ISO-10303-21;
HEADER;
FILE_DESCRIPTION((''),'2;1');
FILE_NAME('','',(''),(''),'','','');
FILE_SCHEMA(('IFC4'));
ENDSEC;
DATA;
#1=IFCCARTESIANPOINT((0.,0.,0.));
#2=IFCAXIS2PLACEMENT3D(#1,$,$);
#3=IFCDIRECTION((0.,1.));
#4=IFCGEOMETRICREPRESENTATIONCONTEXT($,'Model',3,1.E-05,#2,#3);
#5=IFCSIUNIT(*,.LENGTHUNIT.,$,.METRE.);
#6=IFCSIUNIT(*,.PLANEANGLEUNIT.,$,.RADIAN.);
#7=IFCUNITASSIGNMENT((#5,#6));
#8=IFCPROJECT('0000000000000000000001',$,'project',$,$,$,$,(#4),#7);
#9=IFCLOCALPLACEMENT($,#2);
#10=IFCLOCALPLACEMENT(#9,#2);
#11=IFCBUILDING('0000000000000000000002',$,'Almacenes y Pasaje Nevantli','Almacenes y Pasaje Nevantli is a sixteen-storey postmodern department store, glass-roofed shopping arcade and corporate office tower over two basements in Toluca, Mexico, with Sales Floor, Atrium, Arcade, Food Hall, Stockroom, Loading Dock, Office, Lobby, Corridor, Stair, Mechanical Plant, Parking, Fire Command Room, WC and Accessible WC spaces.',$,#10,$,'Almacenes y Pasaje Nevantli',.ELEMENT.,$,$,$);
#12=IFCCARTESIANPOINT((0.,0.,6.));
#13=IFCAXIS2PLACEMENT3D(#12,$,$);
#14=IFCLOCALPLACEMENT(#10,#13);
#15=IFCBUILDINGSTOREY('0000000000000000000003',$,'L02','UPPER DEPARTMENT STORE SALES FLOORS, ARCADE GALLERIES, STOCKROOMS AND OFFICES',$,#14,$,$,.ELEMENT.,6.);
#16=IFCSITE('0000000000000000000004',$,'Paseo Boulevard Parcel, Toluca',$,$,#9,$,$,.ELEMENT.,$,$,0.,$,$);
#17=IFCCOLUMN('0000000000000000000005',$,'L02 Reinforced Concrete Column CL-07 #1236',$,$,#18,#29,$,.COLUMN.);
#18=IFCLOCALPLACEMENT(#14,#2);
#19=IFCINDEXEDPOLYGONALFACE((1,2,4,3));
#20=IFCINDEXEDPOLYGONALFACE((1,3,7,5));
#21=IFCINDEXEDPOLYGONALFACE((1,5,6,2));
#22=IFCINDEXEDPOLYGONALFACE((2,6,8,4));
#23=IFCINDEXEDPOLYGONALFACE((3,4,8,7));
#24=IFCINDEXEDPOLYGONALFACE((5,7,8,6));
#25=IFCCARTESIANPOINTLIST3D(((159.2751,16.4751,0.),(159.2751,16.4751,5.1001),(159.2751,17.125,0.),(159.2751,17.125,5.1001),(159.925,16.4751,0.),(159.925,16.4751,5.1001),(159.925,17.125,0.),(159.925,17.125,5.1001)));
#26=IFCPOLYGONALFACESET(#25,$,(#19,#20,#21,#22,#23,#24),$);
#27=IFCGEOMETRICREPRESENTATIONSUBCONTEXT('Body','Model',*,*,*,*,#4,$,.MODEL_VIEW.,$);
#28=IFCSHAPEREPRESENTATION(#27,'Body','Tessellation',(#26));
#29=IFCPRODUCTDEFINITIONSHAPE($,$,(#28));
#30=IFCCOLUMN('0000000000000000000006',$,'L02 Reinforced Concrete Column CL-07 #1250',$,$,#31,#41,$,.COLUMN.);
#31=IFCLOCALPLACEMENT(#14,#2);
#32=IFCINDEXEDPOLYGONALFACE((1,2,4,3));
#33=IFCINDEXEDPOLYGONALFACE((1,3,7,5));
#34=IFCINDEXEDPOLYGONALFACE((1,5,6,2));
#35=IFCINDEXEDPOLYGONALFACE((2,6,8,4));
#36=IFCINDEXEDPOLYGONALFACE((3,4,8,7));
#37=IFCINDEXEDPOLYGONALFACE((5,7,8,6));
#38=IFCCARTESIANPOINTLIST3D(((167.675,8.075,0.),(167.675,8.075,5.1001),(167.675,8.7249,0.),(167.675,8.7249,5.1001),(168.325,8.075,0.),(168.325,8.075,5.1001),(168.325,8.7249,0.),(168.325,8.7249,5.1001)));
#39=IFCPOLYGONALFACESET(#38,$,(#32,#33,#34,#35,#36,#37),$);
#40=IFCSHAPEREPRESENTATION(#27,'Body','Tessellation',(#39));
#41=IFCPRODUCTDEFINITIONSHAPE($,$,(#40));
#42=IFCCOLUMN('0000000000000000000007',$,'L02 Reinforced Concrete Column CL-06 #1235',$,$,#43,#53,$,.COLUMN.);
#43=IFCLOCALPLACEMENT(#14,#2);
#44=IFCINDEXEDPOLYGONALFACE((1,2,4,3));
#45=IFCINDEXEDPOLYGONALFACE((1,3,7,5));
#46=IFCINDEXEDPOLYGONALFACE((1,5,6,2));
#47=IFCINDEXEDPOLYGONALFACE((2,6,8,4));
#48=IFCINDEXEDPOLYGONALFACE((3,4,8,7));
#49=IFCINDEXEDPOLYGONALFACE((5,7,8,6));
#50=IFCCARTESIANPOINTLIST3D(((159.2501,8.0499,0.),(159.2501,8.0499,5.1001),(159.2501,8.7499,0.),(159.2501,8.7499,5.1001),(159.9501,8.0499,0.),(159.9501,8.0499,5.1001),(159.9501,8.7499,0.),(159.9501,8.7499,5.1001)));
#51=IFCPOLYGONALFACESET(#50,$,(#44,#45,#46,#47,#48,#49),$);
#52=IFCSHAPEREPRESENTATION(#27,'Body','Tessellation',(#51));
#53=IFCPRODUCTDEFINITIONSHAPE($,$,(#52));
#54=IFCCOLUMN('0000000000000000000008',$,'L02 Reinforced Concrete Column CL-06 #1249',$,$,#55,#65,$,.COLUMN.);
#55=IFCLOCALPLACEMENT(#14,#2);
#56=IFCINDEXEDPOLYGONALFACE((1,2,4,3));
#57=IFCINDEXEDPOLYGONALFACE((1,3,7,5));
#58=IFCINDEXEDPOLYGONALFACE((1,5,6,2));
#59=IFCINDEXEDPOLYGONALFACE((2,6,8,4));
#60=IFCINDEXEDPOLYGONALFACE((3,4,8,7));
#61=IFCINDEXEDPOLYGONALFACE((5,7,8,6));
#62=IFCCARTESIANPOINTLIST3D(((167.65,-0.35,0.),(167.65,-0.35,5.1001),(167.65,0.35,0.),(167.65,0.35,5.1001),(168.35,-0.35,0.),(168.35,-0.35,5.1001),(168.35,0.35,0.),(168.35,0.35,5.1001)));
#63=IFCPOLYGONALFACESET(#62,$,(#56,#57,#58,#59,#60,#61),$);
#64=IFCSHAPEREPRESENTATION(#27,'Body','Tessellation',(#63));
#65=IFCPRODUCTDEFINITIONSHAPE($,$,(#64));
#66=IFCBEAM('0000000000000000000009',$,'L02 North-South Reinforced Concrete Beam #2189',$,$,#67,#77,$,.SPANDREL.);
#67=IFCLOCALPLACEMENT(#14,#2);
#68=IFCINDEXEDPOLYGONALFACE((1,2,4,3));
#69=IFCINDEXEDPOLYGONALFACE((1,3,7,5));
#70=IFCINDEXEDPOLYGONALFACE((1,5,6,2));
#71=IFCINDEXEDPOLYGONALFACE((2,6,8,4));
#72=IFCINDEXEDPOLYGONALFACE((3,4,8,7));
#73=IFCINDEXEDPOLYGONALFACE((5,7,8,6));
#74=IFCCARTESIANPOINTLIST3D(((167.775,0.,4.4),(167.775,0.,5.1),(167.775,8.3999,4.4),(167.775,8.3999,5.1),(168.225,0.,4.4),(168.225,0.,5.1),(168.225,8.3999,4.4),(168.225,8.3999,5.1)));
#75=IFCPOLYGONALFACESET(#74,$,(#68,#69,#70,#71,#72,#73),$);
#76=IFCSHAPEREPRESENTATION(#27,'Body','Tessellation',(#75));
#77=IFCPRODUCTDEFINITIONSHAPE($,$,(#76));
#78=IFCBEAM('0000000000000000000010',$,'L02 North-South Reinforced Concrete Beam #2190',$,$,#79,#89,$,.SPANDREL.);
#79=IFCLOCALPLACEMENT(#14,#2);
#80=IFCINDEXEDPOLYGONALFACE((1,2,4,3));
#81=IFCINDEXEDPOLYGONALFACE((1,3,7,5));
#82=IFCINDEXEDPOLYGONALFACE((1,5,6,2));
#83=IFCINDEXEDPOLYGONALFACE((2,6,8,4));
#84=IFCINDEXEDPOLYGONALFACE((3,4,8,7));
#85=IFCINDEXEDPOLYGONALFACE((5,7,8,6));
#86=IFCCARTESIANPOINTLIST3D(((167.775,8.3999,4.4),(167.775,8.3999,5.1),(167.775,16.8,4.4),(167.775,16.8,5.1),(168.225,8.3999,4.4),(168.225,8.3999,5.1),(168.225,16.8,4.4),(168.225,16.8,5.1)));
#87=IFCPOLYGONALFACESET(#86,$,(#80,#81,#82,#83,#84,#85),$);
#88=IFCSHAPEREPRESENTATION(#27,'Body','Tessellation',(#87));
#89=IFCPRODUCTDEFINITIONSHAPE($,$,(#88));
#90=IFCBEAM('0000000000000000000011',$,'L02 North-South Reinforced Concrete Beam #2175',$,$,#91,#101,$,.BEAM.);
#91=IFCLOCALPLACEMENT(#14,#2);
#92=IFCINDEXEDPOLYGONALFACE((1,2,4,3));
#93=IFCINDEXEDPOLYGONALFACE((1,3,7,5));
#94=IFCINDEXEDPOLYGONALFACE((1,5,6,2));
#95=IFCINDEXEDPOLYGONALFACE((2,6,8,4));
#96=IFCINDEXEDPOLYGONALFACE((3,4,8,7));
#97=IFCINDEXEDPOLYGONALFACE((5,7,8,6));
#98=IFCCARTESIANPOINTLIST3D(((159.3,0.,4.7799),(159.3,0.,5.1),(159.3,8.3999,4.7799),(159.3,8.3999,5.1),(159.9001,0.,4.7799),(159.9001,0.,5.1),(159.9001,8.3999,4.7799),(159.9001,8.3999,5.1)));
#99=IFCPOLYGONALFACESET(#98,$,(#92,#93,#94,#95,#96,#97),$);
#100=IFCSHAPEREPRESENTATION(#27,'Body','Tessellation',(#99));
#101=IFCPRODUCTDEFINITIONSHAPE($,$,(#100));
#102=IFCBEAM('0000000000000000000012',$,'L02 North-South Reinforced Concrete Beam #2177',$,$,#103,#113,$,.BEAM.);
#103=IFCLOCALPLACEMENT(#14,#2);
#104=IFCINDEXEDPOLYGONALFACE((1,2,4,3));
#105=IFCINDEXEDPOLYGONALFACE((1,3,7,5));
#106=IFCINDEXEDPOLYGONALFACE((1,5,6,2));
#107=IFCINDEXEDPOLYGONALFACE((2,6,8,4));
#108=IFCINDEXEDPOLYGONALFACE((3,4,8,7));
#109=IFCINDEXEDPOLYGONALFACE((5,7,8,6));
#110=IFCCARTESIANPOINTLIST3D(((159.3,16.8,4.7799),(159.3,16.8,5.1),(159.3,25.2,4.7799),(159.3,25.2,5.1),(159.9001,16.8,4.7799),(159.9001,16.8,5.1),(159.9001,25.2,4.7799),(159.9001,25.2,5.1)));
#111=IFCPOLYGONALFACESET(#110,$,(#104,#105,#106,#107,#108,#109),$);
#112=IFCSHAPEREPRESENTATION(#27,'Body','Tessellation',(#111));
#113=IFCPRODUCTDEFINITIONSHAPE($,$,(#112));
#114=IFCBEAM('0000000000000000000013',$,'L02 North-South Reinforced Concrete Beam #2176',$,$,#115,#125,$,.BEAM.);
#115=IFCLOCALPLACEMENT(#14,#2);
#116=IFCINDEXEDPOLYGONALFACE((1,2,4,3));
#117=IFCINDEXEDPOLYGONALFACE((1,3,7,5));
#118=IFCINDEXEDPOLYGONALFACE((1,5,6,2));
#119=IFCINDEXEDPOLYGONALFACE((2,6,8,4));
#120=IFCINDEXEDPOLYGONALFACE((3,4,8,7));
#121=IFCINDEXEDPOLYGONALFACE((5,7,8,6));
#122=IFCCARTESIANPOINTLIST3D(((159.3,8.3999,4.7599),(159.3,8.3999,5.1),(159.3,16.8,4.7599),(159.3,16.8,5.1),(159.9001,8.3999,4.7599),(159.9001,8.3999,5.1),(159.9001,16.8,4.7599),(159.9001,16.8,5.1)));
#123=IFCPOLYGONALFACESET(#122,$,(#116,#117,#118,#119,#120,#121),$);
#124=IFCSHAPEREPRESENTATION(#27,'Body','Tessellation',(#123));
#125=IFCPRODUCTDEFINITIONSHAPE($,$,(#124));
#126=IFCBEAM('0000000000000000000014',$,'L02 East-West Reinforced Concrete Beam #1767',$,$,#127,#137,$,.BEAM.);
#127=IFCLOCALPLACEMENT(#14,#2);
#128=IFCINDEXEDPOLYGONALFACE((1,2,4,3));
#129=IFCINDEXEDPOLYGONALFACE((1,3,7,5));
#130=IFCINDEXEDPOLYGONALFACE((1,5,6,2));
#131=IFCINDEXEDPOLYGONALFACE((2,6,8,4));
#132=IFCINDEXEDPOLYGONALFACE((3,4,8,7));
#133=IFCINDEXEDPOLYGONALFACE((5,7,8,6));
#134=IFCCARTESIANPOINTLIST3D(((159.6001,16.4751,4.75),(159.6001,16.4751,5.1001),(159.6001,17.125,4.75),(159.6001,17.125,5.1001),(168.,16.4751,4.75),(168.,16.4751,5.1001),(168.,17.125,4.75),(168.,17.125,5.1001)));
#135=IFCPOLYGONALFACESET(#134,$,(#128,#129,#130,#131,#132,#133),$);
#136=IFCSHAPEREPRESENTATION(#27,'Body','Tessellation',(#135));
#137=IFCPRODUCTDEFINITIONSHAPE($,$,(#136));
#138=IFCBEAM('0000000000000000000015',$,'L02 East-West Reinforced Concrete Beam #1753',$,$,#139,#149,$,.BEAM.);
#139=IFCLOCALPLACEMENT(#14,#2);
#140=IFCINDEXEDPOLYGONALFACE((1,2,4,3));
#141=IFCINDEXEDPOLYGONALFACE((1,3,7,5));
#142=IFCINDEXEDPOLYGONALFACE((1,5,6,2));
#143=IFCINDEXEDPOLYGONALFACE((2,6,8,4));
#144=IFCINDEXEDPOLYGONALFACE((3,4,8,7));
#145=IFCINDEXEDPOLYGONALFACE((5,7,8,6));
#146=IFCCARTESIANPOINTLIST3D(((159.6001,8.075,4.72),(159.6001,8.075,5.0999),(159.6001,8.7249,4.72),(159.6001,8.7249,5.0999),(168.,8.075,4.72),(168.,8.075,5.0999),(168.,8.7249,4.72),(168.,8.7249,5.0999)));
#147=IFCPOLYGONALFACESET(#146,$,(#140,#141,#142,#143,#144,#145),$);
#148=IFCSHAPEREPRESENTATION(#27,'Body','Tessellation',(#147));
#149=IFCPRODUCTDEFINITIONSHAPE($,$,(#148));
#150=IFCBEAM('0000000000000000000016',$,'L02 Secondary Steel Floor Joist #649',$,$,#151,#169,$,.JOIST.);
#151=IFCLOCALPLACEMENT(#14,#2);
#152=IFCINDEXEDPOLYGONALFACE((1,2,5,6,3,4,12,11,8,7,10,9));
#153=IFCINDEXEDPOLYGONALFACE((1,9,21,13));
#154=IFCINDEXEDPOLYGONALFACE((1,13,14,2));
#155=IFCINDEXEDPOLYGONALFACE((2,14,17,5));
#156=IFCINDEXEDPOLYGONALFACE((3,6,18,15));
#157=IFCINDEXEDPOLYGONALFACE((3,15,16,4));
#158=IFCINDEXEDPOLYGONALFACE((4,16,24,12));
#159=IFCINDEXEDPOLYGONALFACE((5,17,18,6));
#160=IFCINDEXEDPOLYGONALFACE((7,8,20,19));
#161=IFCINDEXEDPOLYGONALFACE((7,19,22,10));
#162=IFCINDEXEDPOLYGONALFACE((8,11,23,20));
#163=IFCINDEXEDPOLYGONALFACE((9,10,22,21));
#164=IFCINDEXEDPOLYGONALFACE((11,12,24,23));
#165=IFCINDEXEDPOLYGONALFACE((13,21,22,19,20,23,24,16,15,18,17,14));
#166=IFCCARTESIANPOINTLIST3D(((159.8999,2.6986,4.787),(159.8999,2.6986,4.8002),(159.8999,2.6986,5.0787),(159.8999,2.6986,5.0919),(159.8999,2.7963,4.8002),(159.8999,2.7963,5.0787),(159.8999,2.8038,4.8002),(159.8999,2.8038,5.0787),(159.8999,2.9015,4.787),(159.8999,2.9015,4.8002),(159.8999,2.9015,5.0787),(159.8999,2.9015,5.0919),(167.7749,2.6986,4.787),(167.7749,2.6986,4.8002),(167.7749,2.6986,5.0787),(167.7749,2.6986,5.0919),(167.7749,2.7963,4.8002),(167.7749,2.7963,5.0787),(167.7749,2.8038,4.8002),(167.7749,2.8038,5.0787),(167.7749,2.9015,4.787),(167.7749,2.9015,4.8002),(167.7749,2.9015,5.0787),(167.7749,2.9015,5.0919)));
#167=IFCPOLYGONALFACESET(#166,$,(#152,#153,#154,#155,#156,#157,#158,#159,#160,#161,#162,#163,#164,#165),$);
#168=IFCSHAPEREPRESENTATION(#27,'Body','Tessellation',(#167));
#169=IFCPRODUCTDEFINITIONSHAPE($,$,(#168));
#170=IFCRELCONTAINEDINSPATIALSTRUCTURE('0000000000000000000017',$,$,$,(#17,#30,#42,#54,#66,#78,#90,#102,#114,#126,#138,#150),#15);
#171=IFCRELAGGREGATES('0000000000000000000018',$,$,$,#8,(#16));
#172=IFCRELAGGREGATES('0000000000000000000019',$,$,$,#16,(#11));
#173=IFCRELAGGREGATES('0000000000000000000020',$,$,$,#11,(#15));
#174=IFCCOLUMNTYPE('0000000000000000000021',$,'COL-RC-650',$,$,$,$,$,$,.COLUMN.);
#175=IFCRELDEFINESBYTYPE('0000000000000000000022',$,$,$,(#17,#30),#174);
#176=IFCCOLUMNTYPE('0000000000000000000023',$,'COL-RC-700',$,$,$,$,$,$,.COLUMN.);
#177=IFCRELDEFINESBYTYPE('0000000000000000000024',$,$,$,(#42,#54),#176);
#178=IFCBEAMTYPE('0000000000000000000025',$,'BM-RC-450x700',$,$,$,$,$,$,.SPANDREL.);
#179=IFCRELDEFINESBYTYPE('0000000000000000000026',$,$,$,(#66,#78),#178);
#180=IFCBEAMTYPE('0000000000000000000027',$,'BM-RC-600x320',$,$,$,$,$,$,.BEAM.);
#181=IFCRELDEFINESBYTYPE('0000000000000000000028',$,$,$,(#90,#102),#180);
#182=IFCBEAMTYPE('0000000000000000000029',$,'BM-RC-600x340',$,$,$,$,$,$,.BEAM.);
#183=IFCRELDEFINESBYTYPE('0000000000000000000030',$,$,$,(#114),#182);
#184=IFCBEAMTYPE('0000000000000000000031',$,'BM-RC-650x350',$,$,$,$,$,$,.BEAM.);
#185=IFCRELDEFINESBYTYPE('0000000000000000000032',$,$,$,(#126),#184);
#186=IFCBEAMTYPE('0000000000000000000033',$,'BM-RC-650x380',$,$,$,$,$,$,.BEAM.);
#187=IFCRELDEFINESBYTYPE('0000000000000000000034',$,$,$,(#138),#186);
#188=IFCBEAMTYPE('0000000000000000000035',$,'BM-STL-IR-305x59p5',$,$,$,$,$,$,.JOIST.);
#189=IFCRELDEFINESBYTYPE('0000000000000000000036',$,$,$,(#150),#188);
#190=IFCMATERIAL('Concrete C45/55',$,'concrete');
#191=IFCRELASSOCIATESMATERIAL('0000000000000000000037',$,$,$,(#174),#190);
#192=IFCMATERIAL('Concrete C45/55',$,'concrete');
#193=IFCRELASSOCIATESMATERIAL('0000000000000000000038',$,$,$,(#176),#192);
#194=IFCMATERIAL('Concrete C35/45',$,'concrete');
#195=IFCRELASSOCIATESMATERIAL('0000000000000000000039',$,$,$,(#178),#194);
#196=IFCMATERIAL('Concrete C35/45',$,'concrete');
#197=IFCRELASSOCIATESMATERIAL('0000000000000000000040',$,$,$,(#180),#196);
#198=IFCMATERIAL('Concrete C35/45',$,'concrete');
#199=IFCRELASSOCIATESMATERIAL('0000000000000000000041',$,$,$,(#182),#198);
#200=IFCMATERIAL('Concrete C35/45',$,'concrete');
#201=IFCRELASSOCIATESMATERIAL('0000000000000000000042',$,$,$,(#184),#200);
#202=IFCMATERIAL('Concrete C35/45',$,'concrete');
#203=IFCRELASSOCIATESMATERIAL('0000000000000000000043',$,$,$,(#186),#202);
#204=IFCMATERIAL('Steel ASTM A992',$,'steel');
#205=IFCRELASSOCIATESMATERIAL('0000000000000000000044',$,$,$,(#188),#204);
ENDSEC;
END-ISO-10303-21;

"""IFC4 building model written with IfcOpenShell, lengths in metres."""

from ifc_helpers import new_model, si_unit, direction, frame, origin, origin_2d, place, context, subcontext, project, spatial, rectangle, i_section, extrude, material, material_profile, profile_set, type_object, element, save


model = new_model("IFC4")

# Units and contexts
model_context = context("Model", 3, precision=1e-05, world=origin(), true_north=direction((0.0, 1.0)))
body_context = subcontext(model_context, "Body", "Model", "MODEL_VIEW")
ifc_project = project(units=[si_unit("LENGTHUNIT", "METRE"), si_unit("PLANEANGLEUNIT", "RADIAN")], contexts=[model_context])

# Site, building, storey
site_placement = place(None, origin())
site = spatial("IfcSite", under=ifc_project, at=site_placement, Name="Paseo Boulevard Parcel, Toluca", CompositionType="ELEMENT", RefElevation=0.0)
building_placement = place(site_placement, origin())
building = spatial("IfcBuilding", under=site, at=building_placement, Name="Almacenes y Pasaje Nevantli", Description="Almacenes y Pasaje Nevantli is a sixteen-storey postmodern department store, glass-roofed shopping arcade and corporate office tower over two basements in Toluca, Mexico, with Sales Floor, Atrium, Arcade, Food Hall, Stockroom, Loading Dock, Office, Lobby, Corridor, Stair, Mechanical Plant, Parking, Fire Command Room, WC and Accessible WC spaces.", LongName="Almacenes y Pasaje Nevantli", CompositionType="ELEMENT")
storey_placement = place(building_placement, frame((0.0, 0.0, 6.0)))
storey = spatial("IfcBuildingStorey", under=building, at=storey_placement, Name="L02", Description="UPPER DEPARTMENT STORE SALES FLOORS, ARCADE GALLERIES, STOCKROOMS AND OFFICES", CompositionType="ELEMENT", Elevation=6.0)

# Columns
ifc_material_1 = material(Name="Concrete C45/55", Category="concrete")
ifc_material_profile_1 = material_profile(ifc_material_1, rectangle(XDim=0.6499, YDim=0.6499, at=origin_2d()), Name="RC-COL-650x650")
ifc_profile_set_1 = profile_set([ifc_material_profile_1], Name="Concrete C45/55")
column_type_1 = type_object("IfcColumnType", Name="COL-RC-650", PredefinedType="COLUMN", material=ifc_profile_set_1)
for number, where, z_axis, x_axis, name in (
    (1, (159.6001, 16.8, 0.0), (0.0, 0.0, 1.0), (1.0, 0.0, 0.0), "L02 Reinforced Concrete Column CL-07 #1236"),
    (2, (168.0, 8.3999, 0.0), (0.0, 0.0, 1.0), (1.0, 0.0, 0.0), "L02 Reinforced Concrete Column CL-07 #1250"),
):
    element("IfcColumn", number, at=place(storey_placement, frame(where, z_axis=z_axis, x_axis=x_axis)), inside=storey, type_object=column_type_1, Name=name, PredefinedType="COLUMN", context=body_context, shape_type="SweptSolid", body=[
        extrude(rectangle(XDim=0.6499, YDim=0.6499, at=origin_2d()), origin(), (0.0, 0.0, 1.0), 5.1001),
    ])
ifc_material_2 = material(Name="Concrete C45/55", Category="concrete")
ifc_material_profile_2 = material_profile(ifc_material_2, rectangle(XDim=0.7, YDim=0.7, at=origin_2d()), Name="RC-COL-700x700")
ifc_profile_set_2 = profile_set([ifc_material_profile_2], Name="Concrete C45/55")
column_type_2 = type_object("IfcColumnType", Name="COL-RC-700", PredefinedType="COLUMN", material=ifc_profile_set_2)
for number, where, z_axis, x_axis, name in (
    (3, (159.6001, 8.3999, 0.0), (0.0, 0.0, 1.0), (1.0, 0.0, 0.0), "L02 Reinforced Concrete Column CL-06 #1235"),
    (4, (168.0, 0.0, 0.0), (0.0, 0.0, 1.0), (1.0, 0.0, 0.0), "L02 Reinforced Concrete Column CL-06 #1249"),
):
    element("IfcColumn", number, at=place(storey_placement, frame(where, z_axis=z_axis, x_axis=x_axis)), inside=storey, type_object=column_type_2, Name=name, PredefinedType="COLUMN", context=body_context, shape_type="SweptSolid", body=[
        extrude(rectangle(XDim=0.7, YDim=0.7, at=origin_2d()), origin(), (0.0, 0.0, 1.0), 5.1001),
    ])

# Beams
ifc_material_3 = material(Name="Concrete C35/45", Category="concrete")
ifc_material_profile_3 = material_profile(ifc_material_3, rectangle(XDim=0.45, YDim=0.7, at=origin_2d()), Name="RC-BM-450x700")
ifc_profile_set_3 = profile_set([ifc_material_profile_3], Name="Concrete C35/45")
beam_type_1 = type_object("IfcBeamType", Name="BM-RC-450x700", PredefinedType="SPANDREL", material=ifc_profile_set_3)
beam_1_placement = place(storey_placement, frame((168.0, 0.0, 4.75), z_axis=(0.0, 1.0, 0.0), x_axis=(-1.0, 0.0, 0.0)))
element("IfcBeam", 5, at=beam_1_placement, inside=storey, type_object=beam_type_1, Name="L02 North-South Reinforced Concrete Beam #2189", PredefinedType="SPANDREL", context=body_context, shape_type="SweptSolid", body=[
    extrude(rectangle(XDim=0.45, YDim=0.7, at=origin_2d()), origin(), (0.0, 0.0, 1.0), 8.3999),
])
beam_2_placement = place(storey_placement, frame((168.0, 8.3999, 4.75), z_axis=(0.0, 1.0, 0.0), x_axis=(-1.0, 0.0, 0.0)))
element("IfcBeam", 6, at=beam_2_placement, inside=storey, type_object=beam_type_1, Name="L02 North-South Reinforced Concrete Beam #2190", PredefinedType="SPANDREL", context=body_context, shape_type="SweptSolid", body=[
    extrude(rectangle(XDim=0.45, YDim=0.7, at=origin_2d()), origin(), (0.0, 0.0, 1.0), 8.4001),
])
ifc_material_4 = material(Name="Concrete C35/45", Category="concrete")
ifc_material_profile_4 = material_profile(ifc_material_4, rectangle(XDim=0.6001, YDim=0.3201, at=origin_2d()), Name="RC-BM-600x320")
ifc_profile_set_4 = profile_set([ifc_material_profile_4], Name="Concrete C35/45")
beam_type_2 = type_object("IfcBeamType", Name="BM-RC-600x320", PredefinedType="BEAM", material=ifc_profile_set_4)
for number, where, z_axis, x_axis, name in (
    (7, (159.6001, 0.0, 4.9399), (0.0, 1.0, 0.0), (-1.0, 0.0, 0.0), "L02 North-South Reinforced Concrete Beam #2175"),
    (8, (159.6001, 16.8, 4.9399), (0.0, 1.0, 0.0), (-1.0, 0.0, 0.0), "L02 North-South Reinforced Concrete Beam #2177"),
):
    element("IfcBeam", number, at=place(storey_placement, frame(where, z_axis=z_axis, x_axis=x_axis)), inside=storey, type_object=beam_type_2, Name=name, PredefinedType="BEAM", context=body_context, shape_type="SweptSolid", body=[
        extrude(rectangle(XDim=0.6001, YDim=0.3201, at=origin_2d()), origin(), (0.0, 0.0, 1.0), 8.3999),
    ])
ifc_material_5 = material(Name="Concrete C35/45", Category="concrete")
ifc_material_profile_5 = material_profile(ifc_material_5, rectangle(XDim=0.6001, YDim=0.3401, at=origin_2d()), Name="RC-BM-600x340")
ifc_profile_set_5 = profile_set([ifc_material_profile_5], Name="Concrete C35/45")
beam_type_3 = type_object("IfcBeamType", Name="BM-RC-600x340", PredefinedType="BEAM", material=ifc_profile_set_5)
beam_3_placement = place(storey_placement, frame((159.6001, 8.3999, 4.9299), z_axis=(0.0, 1.0, 0.0), x_axis=(-1.0, 0.0, 0.0)))
element("IfcBeam", 9, at=beam_3_placement, inside=storey, type_object=beam_type_3, Name="L02 North-South Reinforced Concrete Beam #2176", PredefinedType="BEAM", context=body_context, shape_type="SweptSolid", body=[
    extrude(rectangle(XDim=0.6001, YDim=0.3401, at=origin_2d()), origin(), (0.0, 0.0, 1.0), 8.4001),
])
ifc_material_6 = material(Name="Concrete C35/45", Category="concrete")
ifc_material_profile_6 = material_profile(ifc_material_6, rectangle(XDim=0.6499, YDim=0.3501, at=origin_2d()), Name="RC-BM-650x350")
ifc_profile_set_6 = profile_set([ifc_material_profile_6], Name="Concrete C35/45")
beam_type_4 = type_object("IfcBeamType", Name="BM-RC-650x350", PredefinedType="BEAM", material=ifc_profile_set_6)
beam_4_placement = place(storey_placement, frame((159.6001, 16.8, 4.925), z_axis=(1.0, 0.0, 0.0), x_axis=(0.0, 1.0, 0.0)))
element("IfcBeam", 10, at=beam_4_placement, inside=storey, type_object=beam_type_4, Name="L02 East-West Reinforced Concrete Beam #1767", PredefinedType="BEAM", context=body_context, shape_type="SweptSolid", body=[
    extrude(rectangle(XDim=0.6499, YDim=0.3501, at=origin_2d()), origin(), (0.0, 0.0, 1.0), 8.3999),
])
ifc_material_7 = material(Name="Concrete C35/45", Category="concrete")
ifc_material_profile_7 = material_profile(ifc_material_7, rectangle(XDim=0.6499, YDim=0.3799, at=origin_2d()), Name="RC-BM-650x380")
ifc_profile_set_7 = profile_set([ifc_material_profile_7], Name="Concrete C35/45")
beam_type_5 = type_object("IfcBeamType", Name="BM-RC-650x380", PredefinedType="BEAM", material=ifc_profile_set_7)
beam_5_placement = place(storey_placement, frame((159.6001, 8.3999, 4.9099), z_axis=(1.0, 0.0, 0.0), x_axis=(0.0, 1.0, 0.0)))
element("IfcBeam", 11, at=beam_5_placement, inside=storey, type_object=beam_type_5, Name="L02 East-West Reinforced Concrete Beam #1753", PredefinedType="BEAM", context=body_context, shape_type="SweptSolid", body=[
    extrude(rectangle(XDim=0.6499, YDim=0.3799, at=origin_2d()), origin(), (0.0, 0.0, 1.0), 8.3999),
])
ifc_material_8 = material(Name="Steel ASTM A992", Category="steel")
ifc_material_profile_8 = material_profile(ifc_material_8, i_section(OverallWidth=0.2029, OverallDepth=0.3049, WebThickness=0.0076, FlangeThickness=0.0132, at=origin_2d()), Name="IR 305x59.5")
ifc_profile_set_8 = profile_set([ifc_material_profile_8], Name="Steel ASTM A992")
beam_type_6 = type_object("IfcBeamType", Name="BM-STL-IR-305x59p5", PredefinedType="JOIST", material=ifc_profile_set_8)
for number, where, z_axis, x_axis, name in (
    (12, (159.8999, 2.8, 4.9395), (1.0, 0.0, 0.0), (0.0, 1.0, 0.0), "L02 Secondary Steel Floor Joist #649"),
):
    element("IfcBeam", number, at=place(storey_placement, frame(where, z_axis=z_axis, x_axis=x_axis)), inside=storey, type_object=beam_type_6, Name=name, PredefinedType="JOIST", context=body_context, shape_type="SweptSolid", body=[
        extrude(i_section(OverallWidth=0.2029, OverallDepth=0.3049, WebThickness=0.0076, FlangeThickness=0.0132, at=origin_2d()), origin(), (0.0, 0.0, 1.0), 7.875),
    ])

save(model, "model.ifc")
